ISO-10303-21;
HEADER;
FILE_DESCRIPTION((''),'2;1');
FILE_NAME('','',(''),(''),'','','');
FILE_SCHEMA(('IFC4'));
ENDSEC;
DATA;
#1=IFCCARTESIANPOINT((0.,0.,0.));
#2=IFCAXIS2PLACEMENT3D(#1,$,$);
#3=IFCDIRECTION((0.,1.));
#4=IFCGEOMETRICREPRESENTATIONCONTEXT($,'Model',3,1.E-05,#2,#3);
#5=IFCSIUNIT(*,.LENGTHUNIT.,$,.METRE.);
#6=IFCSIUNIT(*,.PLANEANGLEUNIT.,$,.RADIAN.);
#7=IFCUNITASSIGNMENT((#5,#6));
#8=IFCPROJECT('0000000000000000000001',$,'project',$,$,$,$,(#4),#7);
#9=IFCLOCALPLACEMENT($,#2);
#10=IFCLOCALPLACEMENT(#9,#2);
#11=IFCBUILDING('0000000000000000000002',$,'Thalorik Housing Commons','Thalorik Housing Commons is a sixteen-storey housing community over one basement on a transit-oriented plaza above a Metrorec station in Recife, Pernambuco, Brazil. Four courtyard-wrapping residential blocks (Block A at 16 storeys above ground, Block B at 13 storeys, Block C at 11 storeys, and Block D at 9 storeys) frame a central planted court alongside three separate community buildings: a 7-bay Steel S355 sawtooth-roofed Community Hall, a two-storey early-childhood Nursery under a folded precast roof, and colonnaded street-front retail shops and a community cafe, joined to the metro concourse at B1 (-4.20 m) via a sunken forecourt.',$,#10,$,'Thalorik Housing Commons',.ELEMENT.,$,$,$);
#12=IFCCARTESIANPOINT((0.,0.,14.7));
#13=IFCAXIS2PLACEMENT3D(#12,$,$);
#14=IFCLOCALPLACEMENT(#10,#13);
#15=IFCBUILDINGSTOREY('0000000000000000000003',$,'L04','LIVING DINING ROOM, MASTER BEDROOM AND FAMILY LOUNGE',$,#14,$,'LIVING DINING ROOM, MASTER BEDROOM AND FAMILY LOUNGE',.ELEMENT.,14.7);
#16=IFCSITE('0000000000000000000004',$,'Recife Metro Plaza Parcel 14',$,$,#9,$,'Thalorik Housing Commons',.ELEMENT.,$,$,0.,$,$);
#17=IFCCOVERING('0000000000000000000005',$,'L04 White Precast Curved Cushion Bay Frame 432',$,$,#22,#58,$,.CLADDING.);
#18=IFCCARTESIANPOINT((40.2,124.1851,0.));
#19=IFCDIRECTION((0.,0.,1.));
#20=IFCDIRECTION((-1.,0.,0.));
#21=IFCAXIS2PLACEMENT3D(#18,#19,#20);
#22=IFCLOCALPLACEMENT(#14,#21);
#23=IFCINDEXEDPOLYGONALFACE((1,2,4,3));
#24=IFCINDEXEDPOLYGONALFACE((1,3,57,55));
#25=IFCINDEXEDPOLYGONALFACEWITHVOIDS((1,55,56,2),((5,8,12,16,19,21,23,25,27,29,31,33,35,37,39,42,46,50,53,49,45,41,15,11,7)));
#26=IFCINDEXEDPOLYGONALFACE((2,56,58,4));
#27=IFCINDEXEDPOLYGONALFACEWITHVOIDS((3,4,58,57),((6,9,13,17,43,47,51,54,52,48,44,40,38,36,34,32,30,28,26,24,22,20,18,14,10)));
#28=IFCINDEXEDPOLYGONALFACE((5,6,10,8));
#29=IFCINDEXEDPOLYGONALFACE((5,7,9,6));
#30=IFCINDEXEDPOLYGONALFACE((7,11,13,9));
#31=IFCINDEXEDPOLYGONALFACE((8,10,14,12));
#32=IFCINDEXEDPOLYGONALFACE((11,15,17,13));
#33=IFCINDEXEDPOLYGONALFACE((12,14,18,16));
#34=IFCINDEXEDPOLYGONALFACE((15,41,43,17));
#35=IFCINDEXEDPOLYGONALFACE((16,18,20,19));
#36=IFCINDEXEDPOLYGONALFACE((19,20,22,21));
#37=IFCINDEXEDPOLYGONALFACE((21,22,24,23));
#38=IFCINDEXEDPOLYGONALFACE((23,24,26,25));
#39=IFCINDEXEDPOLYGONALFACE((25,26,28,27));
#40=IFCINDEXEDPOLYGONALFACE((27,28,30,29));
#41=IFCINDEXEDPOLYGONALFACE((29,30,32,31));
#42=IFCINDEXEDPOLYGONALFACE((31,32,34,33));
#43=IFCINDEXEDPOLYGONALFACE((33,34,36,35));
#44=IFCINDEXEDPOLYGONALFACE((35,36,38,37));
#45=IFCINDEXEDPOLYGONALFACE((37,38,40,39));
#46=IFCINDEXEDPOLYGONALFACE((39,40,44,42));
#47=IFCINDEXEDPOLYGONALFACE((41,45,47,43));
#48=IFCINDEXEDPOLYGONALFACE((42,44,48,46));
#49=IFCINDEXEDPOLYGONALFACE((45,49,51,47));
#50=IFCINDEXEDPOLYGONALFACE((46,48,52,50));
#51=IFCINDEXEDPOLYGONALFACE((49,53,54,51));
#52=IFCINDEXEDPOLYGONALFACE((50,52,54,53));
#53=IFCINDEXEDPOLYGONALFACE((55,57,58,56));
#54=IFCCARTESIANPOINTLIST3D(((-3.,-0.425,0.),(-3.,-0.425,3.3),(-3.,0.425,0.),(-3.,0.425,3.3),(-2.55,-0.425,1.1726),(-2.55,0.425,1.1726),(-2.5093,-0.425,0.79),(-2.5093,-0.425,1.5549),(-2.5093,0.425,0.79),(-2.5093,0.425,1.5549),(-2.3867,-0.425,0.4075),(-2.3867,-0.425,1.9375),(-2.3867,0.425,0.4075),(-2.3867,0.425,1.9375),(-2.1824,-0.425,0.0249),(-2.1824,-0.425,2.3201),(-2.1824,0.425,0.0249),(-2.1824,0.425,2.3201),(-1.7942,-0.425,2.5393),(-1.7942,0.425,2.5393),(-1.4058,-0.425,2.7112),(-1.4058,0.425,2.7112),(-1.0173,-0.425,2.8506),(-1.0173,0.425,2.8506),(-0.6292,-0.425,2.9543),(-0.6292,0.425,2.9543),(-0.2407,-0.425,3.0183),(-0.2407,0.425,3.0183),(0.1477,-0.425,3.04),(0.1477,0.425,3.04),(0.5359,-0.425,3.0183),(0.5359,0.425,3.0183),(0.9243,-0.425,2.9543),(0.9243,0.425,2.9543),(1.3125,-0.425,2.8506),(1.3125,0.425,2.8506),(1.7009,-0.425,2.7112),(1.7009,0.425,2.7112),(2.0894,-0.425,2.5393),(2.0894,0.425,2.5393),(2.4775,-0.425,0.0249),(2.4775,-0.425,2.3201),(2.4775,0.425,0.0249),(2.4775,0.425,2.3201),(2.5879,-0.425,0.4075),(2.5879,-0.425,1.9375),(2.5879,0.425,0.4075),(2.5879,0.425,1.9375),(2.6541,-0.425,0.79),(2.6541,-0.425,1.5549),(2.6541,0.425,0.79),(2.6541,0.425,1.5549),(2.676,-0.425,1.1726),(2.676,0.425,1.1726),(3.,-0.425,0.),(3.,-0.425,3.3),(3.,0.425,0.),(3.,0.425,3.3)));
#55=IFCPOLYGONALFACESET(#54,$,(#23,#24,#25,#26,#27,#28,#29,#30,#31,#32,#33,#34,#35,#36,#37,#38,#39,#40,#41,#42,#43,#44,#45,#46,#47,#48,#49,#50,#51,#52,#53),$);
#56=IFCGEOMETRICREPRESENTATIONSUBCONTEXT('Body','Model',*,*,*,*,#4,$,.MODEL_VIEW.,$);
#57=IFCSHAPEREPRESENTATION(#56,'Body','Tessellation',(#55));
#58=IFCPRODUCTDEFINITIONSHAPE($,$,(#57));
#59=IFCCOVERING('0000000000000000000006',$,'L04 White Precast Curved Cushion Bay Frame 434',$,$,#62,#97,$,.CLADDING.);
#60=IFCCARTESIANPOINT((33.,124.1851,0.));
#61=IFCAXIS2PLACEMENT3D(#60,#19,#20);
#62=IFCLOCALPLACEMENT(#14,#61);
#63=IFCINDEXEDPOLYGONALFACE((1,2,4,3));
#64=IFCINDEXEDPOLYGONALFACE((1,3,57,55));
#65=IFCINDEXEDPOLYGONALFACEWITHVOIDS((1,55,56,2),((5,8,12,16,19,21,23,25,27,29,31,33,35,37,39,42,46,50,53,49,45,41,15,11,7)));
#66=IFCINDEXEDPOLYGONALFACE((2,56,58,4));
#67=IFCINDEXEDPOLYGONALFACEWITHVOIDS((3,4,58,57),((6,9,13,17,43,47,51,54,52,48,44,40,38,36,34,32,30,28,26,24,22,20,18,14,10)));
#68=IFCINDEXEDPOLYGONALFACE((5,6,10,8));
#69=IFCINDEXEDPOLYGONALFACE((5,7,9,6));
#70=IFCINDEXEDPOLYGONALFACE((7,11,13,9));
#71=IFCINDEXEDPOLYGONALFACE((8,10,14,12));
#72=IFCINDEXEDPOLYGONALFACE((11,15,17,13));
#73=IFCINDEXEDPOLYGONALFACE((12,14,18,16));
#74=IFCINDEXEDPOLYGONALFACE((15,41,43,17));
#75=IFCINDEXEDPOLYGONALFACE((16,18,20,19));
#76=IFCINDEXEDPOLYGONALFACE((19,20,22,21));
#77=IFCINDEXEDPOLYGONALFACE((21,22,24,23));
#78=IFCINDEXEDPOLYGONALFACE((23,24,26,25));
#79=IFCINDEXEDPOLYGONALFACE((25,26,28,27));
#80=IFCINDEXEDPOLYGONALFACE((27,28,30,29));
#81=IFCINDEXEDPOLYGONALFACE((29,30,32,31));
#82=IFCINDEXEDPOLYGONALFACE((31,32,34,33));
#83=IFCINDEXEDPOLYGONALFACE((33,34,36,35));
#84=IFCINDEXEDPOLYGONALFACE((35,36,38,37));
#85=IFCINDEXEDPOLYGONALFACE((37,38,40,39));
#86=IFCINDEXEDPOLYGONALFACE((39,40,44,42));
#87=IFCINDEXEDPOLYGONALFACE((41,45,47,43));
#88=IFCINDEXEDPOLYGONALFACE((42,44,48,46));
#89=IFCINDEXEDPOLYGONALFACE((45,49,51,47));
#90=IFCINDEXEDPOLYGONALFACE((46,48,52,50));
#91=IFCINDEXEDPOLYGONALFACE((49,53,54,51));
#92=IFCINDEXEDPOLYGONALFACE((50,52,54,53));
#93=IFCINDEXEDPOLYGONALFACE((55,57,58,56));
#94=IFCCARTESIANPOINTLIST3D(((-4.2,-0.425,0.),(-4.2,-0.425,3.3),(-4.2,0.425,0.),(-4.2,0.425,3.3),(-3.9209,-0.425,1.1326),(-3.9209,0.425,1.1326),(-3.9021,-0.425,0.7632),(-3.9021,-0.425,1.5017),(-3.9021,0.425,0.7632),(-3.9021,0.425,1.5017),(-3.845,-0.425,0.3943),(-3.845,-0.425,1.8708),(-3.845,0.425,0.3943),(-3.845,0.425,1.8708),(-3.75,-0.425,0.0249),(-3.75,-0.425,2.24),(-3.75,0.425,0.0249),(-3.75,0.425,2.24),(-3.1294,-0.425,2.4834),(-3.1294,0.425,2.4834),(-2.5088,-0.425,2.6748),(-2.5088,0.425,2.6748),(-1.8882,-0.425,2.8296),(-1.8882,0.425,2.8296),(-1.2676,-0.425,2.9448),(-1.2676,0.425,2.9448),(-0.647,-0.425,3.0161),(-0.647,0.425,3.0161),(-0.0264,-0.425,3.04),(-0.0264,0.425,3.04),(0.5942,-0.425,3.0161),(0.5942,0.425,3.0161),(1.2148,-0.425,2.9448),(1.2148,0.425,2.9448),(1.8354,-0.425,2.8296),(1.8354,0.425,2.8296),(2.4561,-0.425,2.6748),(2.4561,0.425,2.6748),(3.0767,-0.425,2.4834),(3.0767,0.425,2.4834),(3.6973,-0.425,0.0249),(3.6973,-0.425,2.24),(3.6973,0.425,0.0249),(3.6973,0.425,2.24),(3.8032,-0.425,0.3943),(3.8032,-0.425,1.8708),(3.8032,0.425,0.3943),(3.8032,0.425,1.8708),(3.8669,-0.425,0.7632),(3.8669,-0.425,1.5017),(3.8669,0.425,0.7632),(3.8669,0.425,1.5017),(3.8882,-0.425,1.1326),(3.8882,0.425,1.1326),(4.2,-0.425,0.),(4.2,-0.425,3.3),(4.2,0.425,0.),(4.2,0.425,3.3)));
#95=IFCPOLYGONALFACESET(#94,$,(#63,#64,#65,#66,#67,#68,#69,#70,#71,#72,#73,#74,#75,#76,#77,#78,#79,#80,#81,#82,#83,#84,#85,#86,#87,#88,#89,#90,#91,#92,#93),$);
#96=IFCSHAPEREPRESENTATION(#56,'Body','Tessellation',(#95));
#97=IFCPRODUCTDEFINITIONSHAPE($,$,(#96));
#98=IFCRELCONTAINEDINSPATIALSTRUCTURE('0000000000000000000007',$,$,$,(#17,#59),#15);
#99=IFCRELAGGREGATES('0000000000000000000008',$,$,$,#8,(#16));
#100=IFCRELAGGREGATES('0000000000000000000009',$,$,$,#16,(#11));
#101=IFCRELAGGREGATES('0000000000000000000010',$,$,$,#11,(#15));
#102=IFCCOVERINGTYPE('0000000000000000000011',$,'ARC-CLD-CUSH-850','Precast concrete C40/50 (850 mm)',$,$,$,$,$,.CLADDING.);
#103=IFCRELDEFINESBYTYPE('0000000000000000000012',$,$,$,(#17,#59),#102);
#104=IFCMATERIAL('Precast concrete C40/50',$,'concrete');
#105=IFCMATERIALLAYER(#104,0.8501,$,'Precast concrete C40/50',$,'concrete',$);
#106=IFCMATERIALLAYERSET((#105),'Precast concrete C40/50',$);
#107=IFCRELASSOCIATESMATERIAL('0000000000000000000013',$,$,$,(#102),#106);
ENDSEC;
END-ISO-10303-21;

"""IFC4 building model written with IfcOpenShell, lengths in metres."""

from ifc_helpers import new_model, si_unit, direction, frame, origin, place, context, subcontext, project, spatial, polyline, outline, extrude, material, layer, layer_set, type_object, element, save


model = new_model("IFC4")

# Units and contexts
model_context = context("Model", 3, precision=1e-05, world=origin(), true_north=direction((0.0, 1.0)))
body_context = subcontext(model_context, "Body", "Model", "MODEL_VIEW")
ifc_project = project(units=[si_unit("LENGTHUNIT", "METRE"), si_unit("PLANEANGLEUNIT", "RADIAN")], contexts=[model_context])

# Site, building, storey
site_placement = place(None, origin())
site = spatial("IfcSite", under=ifc_project, at=site_placement, Name="Recife Metro Plaza Parcel 14", LongName="Thalorik Housing Commons", CompositionType="ELEMENT", RefElevation=0.0)
building_placement = place(site_placement, origin())
building = spatial("IfcBuilding", under=site, at=building_placement, Name="Thalorik Housing Commons", Description="Thalorik Housing Commons is a sixteen-storey housing community over one basement on a transit-oriented plaza above a Metrorec station in Recife, Pernambuco, Brazil. Four courtyard-wrapping residential blocks (Block A at 16 storeys above ground, Block B at 13 storeys, Block C at 11 storeys, and Block D at 9 storeys) frame a central planted court alongside three separate community buildings: a 7-bay Steel S355 sawtooth-roofed Community Hall, a two-storey early-childhood Nursery under a folded precast roof, and colonnaded street-front retail shops and a community cafe, joined to the metro concourse at B1 (-4.20 m) via a sunken forecourt.", LongName="Thalorik Housing Commons", CompositionType="ELEMENT")
storey_placement = place(building_placement, frame((0.0, 0.0, 14.7)))
storey = spatial("IfcBuildingStorey", under=building, at=storey_placement, Name="L04", Description="LIVING DINING ROOM, MASTER BEDROOM AND FAMILY LOUNGE", LongName="LIVING DINING ROOM, MASTER BEDROOM AND FAMILY LOUNGE", CompositionType="ELEMENT", Elevation=14.7)

# Shared definitions
ifc_material_1 = material(Name="Precast concrete C40/50", Category="concrete")

# Coverings
ifc_layer_1 = layer(ifc_material_1, 0.8501, Name="Precast concrete C40/50", Category="concrete")
ifc_layer_set_1 = layer_set([ifc_layer_1], Name="Precast concrete C40/50")
covering_type_1 = type_object("IfcCoveringType", Name="ARC-CLD-CUSH-850", Description="Precast concrete C40/50 (850 mm)", PredefinedType="CLADDING", material=ifc_layer_set_1)
covering_1_placement = place(storey_placement, frame((40.2, 124.1851, 0.0), z_axis=(0.0, 0.0, 1.0), x_axis=(-1.0, 0.0, 0.0)))
element("IfcCovering", 1, at=covering_1_placement, inside=storey, type_object=covering_type_1, Name="L04 White Precast Curved Cushion Bay Frame 432", PredefinedType="CLADDING", context=body_context, shape_type="SweptSolid", body=[
    extrude(outline(polyline([(-3.0, 0.0), (3.0, 0.0), (3.0, 3.3), (-3.0, 3.3), (-3.0, 0.0)]), holes=[polyline([(2.4775, 0.0249), (2.5879, 0.4075), (2.6541, 0.79), (2.676, 1.1726), (2.6541, 1.5549), (2.5879, 1.9375), (2.4775, 2.3201), (2.0894, 2.5393), (1.7009, 2.7112), (1.3125, 2.8506), (0.9243, 2.9543), (0.5359, 3.0183), (0.1477, 3.04), (-0.2407, 3.0183), (-0.6292, 2.9543), (-1.0173, 2.8506), (-1.4058, 2.7112), (-1.7942, 2.5393), (-2.1824, 2.3201), (-2.3867, 1.9375), (-2.5093, 1.5549), (-2.55, 1.1726), (-2.5093, 0.79), (-2.3867, 0.4075), (-2.1824, 0.0249), (2.4775, 0.0249)])]), frame((0.0, 0.425, 0.0), z_axis=(0.0, -1.0, 0.0), x_axis=(1.0, 0.0, 0.0)), (0.0, 0.0, 1.0), 0.8501),
])
covering_2_placement = place(storey_placement, frame((33.0, 124.1851, 0.0), z_axis=(0.0, 0.0, 1.0), x_axis=(-1.0, 0.0, 0.0)))
element("IfcCovering", 2, at=covering_2_placement, inside=storey, type_object=covering_type_1, Name="L04 White Precast Curved Cushion Bay Frame 434", PredefinedType="CLADDING", context=body_context, shape_type="SweptSolid", body=[
    extrude(outline(polyline([(-4.2, 0.0), (4.2, 0.0), (4.2, 3.3), (-4.2, 3.3), (-4.2, 0.0)]), holes=[polyline([(3.6973, 0.0249), (3.8032, 0.3943), (3.8669, 0.7632), (3.8882, 1.1326), (3.8669, 1.5017), (3.8032, 1.8708), (3.6973, 2.24), (3.0767, 2.4834), (2.4561, 2.6748), (1.8354, 2.8296), (1.2148, 2.9448), (0.5942, 3.0161), (-0.0264, 3.04), (-0.647, 3.0161), (-1.2676, 2.9448), (-1.8882, 2.8296), (-2.5088, 2.6748), (-3.1294, 2.4834), (-3.75, 2.24), (-3.845, 1.8708), (-3.9021, 1.5017), (-3.9209, 1.1326), (-3.9021, 0.7632), (-3.845, 0.3943), (-3.75, 0.0249), (3.6973, 0.0249)])]), frame((0.0, 0.425, 0.0), z_axis=(0.0, -1.0, 0.0), x_axis=(1.0, 0.0, 0.0)), (0.0, 0.0, 1.0), 0.8501),
])

save(model, "model.ifc")
